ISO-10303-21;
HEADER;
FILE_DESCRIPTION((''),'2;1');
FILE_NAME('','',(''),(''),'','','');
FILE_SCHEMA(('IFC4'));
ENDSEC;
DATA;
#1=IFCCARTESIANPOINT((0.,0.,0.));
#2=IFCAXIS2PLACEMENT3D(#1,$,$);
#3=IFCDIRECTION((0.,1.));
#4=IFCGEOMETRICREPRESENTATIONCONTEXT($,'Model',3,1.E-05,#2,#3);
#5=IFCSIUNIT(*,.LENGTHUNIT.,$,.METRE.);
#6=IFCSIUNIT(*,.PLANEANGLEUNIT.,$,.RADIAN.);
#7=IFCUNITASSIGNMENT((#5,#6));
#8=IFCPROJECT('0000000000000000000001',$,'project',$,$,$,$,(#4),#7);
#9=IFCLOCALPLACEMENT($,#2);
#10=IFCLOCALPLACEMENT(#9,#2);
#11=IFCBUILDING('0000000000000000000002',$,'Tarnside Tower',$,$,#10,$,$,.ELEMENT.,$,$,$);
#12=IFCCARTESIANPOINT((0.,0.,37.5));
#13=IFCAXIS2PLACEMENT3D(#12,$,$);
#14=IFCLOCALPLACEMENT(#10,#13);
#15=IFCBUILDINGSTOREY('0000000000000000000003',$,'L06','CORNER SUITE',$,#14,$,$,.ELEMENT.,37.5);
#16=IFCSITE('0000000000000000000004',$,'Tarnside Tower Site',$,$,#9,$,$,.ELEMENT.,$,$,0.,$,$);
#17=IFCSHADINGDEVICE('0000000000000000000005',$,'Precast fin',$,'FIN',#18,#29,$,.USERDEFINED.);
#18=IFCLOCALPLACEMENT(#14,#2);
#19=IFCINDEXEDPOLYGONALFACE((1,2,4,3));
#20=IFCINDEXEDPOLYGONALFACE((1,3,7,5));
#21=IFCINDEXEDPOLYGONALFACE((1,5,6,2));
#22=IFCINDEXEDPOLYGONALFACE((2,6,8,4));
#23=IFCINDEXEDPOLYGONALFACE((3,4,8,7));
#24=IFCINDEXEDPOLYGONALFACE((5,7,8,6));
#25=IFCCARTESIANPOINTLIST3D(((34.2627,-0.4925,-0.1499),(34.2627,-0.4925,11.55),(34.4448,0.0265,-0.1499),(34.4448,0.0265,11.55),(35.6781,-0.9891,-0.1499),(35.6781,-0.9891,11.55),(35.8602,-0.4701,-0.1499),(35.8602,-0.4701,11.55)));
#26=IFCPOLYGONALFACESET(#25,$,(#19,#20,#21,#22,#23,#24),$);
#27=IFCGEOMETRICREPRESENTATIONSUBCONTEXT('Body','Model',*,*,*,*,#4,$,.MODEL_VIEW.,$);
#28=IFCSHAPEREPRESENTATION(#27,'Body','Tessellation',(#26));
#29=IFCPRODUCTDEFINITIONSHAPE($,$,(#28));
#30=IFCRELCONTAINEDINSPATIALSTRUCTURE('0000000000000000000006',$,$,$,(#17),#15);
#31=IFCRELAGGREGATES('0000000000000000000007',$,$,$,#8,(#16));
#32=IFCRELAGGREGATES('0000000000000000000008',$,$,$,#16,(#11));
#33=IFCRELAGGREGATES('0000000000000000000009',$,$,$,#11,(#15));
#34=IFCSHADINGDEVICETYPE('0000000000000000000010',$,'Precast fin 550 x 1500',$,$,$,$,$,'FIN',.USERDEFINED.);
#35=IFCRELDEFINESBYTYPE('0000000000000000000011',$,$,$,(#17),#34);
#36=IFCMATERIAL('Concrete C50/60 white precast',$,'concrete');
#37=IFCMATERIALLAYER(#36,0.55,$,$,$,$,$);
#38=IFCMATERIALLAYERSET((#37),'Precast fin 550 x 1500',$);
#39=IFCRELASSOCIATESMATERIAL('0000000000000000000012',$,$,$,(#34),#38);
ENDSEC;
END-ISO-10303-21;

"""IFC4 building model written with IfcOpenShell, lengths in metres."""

from ifc_helpers import new_model, si_unit, direction, frame, origin, place, context, subcontext, project, spatial, polyline, outline, extrude, material, layer, layer_set, type_object, element, save


model = new_model("IFC4")

# Units and contexts
model_context = context("Model", 3, precision=1e-05, world=origin(), true_north=direction((0.0, 1.0)))
body_context = subcontext(model_context, "Body", "Model", "MODEL_VIEW")
ifc_project = project(units=[si_unit("LENGTHUNIT", "METRE"), si_unit("PLANEANGLEUNIT", "RADIAN")], contexts=[model_context])

# Site, building, storey
site_placement = place(None, origin())
site = spatial("IfcSite", under=ifc_project, at=site_placement, Name="Tarnside Tower Site", CompositionType="ELEMENT", RefElevation=0.0)
building_placement = place(site_placement, origin())
building = spatial("IfcBuilding", under=site, at=building_placement, Name="Tarnside Tower", CompositionType="ELEMENT")
storey_placement = place(building_placement, frame((0.0, 0.0, 37.5)))
storey = spatial("IfcBuildingStorey", under=building, at=storey_placement, Name="L06", Description="CORNER SUITE", CompositionType="ELEMENT", Elevation=37.5)

# Shading device
ifc_material_1 = material(Name="Concrete C50/60 white precast", Category="concrete")
ifc_layer_1 = layer(ifc_material_1, 0.55)
ifc_layer_set_1 = layer_set([ifc_layer_1], Name="Precast fin 550 x 1500")
shading_device_type_1 = type_object("IfcShadingDeviceType", Name="Precast fin 550 x 1500", ElementType="FIN", PredefinedType="USERDEFINED", material=ifc_layer_set_1)
shading_device_placement = place(storey_placement, frame((34.3538, -0.2329, -0.1499), z_axis=(-0.331063, -0.943609, 0.0), x_axis=(0.943609, -0.331063, 0.0)))
element("IfcShadingDevice", 1, at=shading_device_placement, inside=storey, type_object=shading_device_type_1, Name="Precast fin", ObjectType="FIN", PredefinedType="USERDEFINED", context=body_context, shape_type="SweptSolid", body=[
    extrude(outline(polyline([(0.0, 0.0), (1.5, 0.0), (1.5, 11.7), (0.0, 11.7), (0.0, 0.0)])), frame((0.0, 0.0, -0.2749)), (0.0, 0.0, 1.0), 0.55),
])

save(model, "model.ifc")
